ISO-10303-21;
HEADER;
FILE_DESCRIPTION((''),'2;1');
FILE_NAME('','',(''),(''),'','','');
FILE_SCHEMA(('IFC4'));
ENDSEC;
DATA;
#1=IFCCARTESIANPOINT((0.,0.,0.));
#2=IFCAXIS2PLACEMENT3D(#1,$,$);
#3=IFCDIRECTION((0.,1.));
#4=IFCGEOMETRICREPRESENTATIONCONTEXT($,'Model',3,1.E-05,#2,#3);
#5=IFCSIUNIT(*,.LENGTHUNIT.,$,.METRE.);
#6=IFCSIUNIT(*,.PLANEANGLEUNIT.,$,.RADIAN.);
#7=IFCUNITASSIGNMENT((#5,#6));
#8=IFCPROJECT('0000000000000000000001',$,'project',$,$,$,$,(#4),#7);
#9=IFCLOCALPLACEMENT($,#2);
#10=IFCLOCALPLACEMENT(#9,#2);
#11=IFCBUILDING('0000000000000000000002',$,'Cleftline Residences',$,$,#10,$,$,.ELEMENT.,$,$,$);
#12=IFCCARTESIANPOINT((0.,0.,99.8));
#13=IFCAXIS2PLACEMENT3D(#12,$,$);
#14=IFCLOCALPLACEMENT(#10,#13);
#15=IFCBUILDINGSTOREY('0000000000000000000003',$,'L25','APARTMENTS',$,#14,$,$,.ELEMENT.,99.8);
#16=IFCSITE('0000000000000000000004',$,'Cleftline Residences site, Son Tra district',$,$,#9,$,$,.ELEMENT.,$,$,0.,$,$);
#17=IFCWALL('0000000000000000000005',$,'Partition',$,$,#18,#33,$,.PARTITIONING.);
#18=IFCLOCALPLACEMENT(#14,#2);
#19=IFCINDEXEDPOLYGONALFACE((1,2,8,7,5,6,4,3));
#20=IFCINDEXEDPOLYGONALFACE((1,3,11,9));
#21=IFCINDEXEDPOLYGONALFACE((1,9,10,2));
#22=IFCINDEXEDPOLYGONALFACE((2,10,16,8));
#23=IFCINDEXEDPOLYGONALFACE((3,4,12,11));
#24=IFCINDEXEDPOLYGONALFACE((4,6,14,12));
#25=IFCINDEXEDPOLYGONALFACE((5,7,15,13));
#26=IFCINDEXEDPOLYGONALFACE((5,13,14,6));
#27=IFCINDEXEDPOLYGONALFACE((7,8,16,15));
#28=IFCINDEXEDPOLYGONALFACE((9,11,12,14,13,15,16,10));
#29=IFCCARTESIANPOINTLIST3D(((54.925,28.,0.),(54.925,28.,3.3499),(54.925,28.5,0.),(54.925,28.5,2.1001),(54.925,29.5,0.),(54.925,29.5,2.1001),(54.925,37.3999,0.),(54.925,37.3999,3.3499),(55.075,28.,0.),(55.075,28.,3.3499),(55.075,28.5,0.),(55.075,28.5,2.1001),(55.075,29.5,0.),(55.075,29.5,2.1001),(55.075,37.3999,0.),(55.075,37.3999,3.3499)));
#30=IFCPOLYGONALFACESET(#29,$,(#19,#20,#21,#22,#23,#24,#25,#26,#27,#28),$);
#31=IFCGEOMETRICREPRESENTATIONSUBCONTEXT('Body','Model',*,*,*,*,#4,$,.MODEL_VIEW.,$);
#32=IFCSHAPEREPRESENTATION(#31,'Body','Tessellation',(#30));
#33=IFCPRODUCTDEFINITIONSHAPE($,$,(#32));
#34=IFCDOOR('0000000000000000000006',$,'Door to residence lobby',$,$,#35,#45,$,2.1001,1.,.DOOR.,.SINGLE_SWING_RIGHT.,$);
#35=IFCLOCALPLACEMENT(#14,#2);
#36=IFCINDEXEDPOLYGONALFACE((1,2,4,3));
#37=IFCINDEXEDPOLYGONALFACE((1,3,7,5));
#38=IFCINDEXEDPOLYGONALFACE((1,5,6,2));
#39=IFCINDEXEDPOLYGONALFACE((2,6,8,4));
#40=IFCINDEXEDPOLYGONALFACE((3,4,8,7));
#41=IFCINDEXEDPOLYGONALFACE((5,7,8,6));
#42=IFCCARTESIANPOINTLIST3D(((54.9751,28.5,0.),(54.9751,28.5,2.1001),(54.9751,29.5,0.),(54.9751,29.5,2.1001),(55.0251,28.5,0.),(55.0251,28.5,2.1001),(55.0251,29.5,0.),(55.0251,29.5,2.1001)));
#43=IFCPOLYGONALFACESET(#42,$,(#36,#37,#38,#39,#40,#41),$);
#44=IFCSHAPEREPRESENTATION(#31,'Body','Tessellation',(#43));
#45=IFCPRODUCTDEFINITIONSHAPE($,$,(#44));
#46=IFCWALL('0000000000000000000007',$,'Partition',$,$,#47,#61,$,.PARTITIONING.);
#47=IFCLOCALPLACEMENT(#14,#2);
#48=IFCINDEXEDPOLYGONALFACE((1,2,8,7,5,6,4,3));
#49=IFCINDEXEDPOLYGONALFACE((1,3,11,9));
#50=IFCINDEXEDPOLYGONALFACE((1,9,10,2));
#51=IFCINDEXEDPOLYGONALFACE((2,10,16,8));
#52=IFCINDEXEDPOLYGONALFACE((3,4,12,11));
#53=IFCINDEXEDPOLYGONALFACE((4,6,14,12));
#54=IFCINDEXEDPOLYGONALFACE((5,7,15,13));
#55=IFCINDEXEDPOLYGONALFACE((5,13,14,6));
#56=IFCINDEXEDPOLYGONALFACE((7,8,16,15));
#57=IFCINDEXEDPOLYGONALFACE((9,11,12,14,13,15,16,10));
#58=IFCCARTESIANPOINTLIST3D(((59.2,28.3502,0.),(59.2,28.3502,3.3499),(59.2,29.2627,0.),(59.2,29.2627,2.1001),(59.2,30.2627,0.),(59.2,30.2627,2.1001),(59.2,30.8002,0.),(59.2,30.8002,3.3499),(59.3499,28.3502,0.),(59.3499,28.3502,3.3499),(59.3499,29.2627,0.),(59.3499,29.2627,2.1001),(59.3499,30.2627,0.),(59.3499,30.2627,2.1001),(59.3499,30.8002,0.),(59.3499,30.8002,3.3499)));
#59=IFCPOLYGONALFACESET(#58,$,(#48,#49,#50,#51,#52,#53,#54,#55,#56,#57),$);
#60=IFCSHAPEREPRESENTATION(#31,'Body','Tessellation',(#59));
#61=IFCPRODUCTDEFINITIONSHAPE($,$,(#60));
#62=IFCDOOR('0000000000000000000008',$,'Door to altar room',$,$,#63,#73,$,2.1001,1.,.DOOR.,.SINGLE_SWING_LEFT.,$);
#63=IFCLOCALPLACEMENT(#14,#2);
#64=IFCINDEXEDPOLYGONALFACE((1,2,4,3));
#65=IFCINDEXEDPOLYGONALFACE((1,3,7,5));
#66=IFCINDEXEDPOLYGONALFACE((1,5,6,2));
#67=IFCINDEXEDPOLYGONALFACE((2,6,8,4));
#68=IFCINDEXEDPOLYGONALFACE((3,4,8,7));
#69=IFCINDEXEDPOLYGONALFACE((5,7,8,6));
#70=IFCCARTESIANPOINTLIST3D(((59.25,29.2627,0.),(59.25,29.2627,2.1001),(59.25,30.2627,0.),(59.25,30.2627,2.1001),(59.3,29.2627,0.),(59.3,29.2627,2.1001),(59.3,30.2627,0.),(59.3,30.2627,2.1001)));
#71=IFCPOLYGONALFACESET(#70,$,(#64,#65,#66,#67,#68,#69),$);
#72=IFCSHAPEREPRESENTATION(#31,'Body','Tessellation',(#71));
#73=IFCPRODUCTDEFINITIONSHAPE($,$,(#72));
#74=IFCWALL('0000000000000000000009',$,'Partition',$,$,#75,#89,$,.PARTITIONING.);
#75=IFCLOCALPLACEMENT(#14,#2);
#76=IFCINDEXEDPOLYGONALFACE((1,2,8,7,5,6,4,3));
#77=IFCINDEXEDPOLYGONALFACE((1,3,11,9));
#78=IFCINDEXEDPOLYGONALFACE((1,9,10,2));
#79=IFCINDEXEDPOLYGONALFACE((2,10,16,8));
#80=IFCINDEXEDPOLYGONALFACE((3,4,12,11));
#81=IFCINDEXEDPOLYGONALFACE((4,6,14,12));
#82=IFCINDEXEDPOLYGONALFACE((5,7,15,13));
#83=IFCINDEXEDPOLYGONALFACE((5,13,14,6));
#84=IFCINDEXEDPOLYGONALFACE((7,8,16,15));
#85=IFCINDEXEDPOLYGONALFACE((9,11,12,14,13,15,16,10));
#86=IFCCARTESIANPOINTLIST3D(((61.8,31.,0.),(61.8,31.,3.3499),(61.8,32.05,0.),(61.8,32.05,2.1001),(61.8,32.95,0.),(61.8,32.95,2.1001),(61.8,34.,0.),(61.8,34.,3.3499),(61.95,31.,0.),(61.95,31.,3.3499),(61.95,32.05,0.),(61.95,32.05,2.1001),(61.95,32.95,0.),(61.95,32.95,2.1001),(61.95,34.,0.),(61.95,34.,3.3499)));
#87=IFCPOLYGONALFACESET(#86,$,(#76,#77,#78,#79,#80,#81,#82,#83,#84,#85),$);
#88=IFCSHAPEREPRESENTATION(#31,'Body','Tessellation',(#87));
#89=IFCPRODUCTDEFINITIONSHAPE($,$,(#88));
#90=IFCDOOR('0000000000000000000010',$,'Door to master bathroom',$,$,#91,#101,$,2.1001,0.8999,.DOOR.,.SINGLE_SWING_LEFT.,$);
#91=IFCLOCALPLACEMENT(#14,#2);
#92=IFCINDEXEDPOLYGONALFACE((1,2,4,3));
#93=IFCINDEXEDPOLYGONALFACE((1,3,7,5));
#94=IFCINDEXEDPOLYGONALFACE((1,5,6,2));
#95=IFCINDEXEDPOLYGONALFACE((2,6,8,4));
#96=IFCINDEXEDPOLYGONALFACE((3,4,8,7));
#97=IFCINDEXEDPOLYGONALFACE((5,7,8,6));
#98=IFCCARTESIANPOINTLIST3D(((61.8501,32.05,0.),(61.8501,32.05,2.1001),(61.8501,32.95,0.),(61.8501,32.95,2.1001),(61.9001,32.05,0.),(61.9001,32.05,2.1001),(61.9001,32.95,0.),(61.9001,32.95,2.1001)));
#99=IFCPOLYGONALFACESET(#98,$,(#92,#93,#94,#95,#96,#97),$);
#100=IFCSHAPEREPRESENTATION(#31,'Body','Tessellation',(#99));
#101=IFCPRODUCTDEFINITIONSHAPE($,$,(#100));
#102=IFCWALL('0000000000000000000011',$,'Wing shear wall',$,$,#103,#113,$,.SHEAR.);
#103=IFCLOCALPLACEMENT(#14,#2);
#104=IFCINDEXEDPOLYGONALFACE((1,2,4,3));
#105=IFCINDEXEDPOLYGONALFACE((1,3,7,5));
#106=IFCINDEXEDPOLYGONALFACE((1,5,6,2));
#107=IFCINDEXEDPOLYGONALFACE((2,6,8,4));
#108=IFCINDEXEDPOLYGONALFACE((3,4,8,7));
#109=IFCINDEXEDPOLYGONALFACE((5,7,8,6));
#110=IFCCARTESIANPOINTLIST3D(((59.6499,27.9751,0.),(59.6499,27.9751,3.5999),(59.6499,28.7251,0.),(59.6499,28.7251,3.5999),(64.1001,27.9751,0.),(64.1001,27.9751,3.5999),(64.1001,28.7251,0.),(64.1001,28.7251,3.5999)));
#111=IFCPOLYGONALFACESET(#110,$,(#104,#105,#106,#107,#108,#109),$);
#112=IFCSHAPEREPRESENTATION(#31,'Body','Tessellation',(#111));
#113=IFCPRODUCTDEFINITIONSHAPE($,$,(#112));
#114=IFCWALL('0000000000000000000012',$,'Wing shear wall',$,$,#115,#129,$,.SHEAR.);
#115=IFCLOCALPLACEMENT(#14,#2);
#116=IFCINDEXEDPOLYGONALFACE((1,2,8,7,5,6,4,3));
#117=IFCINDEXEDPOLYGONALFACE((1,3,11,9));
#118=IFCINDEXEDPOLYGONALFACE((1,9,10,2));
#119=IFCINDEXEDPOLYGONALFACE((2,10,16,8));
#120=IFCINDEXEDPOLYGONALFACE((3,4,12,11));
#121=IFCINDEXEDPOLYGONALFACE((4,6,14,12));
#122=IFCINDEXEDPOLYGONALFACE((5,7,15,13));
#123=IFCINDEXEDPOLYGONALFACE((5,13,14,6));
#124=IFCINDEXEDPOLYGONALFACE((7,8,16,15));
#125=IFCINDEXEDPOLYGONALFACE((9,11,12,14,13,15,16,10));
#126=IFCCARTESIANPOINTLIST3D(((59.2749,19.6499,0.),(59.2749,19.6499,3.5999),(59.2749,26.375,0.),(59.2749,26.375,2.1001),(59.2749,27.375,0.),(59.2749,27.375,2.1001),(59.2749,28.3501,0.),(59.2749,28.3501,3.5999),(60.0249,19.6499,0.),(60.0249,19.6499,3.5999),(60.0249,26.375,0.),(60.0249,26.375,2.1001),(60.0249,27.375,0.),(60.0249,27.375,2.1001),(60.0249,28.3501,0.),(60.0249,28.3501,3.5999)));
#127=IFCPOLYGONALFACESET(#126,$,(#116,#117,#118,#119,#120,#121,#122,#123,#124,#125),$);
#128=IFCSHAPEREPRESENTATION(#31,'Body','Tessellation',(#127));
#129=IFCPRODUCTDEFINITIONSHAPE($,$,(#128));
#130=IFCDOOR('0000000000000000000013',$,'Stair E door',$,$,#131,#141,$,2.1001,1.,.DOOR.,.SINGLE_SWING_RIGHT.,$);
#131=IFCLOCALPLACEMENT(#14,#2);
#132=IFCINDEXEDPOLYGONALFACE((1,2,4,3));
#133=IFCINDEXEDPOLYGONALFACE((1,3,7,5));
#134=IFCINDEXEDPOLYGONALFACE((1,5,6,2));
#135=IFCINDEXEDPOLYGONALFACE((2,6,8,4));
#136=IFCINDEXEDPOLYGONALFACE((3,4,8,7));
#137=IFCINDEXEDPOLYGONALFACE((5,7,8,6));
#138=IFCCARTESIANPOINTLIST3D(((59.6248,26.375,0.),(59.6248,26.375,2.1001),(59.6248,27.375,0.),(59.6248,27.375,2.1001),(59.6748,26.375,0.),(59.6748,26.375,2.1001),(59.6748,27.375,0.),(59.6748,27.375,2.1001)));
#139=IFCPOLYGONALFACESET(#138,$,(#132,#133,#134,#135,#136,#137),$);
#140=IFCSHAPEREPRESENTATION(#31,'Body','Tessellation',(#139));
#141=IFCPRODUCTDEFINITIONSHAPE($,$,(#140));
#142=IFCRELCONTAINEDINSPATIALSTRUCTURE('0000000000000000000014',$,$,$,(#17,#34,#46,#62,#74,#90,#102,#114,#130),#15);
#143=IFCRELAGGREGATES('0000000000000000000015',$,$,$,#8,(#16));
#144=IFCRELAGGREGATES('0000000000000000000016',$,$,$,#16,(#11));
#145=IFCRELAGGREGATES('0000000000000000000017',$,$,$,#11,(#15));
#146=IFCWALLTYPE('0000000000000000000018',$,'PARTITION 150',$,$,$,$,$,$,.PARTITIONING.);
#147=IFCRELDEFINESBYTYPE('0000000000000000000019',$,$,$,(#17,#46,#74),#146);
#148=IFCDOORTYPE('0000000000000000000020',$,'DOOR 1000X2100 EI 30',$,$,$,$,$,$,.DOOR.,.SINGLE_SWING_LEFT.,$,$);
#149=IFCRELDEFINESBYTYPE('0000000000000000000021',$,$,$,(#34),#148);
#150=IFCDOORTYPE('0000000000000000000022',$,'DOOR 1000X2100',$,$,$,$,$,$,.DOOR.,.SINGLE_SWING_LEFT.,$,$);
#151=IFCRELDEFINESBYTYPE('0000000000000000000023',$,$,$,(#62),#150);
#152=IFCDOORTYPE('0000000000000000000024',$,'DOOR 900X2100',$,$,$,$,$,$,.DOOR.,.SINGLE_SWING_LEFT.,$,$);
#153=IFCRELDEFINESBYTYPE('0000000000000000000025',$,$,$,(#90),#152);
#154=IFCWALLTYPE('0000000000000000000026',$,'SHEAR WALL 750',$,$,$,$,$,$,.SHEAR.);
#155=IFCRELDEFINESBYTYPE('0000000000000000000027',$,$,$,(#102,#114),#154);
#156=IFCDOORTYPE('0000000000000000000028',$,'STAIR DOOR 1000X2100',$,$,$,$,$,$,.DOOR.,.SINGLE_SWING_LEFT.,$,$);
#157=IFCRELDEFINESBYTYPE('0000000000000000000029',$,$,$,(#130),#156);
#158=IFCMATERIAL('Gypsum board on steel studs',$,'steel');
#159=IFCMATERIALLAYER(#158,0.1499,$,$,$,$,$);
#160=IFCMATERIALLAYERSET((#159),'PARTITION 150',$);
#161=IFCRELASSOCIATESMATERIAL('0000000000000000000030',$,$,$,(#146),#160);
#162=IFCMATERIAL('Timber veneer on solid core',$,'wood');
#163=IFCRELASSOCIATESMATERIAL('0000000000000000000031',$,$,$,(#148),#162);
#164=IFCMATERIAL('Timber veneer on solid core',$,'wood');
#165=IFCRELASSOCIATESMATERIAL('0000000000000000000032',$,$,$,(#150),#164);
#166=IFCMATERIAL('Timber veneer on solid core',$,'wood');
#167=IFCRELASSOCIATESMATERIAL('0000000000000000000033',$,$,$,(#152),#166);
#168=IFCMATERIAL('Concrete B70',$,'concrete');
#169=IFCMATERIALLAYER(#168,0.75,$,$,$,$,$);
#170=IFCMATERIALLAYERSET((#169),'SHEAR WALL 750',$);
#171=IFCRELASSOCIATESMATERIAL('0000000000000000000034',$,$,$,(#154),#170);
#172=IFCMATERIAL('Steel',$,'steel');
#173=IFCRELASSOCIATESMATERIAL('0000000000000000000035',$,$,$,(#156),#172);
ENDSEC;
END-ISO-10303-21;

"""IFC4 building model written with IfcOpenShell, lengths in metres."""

from ifc_helpers import new_model, si_unit, direction, frame, frame_2d, origin, place, context, subcontext, project, spatial, rectangle, extrude, material, layer, layer_set, type_object, element, fill, save


model = new_model("IFC4")

# Units and contexts
model_context = context("Model", 3, precision=1e-05, world=origin(), true_north=direction((0.0, 1.0)))
body_context = subcontext(model_context, "Body", "Model", "MODEL_VIEW")
ifc_project = project(units=[si_unit("LENGTHUNIT", "METRE"), si_unit("PLANEANGLEUNIT", "RADIAN")], contexts=[model_context])

# Site, building, storey
site_placement = place(None, origin())
site = spatial("IfcSite", under=ifc_project, at=site_placement, Name="Cleftline Residences site, Son Tra district", CompositionType="ELEMENT", RefElevation=0.0)
building_placement = place(site_placement, origin())
building = spatial("IfcBuilding", under=site, at=building_placement, Name="Cleftline Residences", CompositionType="ELEMENT")
storey_placement = place(building_placement, frame((0.0, 0.0, 99.8)))
storey = spatial("IfcBuildingStorey", under=building, at=storey_placement, Name="L25", Description="APARTMENTS", CompositionType="ELEMENT", Elevation=99.8)

# Shared definitions
ifc_material_1 = material(Name="Gypsum board on steel studs", Category="steel")
ifc_layer_1 = layer(ifc_material_1, 0.1499)
ifc_layer_set_1 = layer_set([ifc_layer_1], Name="PARTITION 150")
wall_type_1 = type_object("IfcWallType", Name="PARTITION 150", PredefinedType="PARTITIONING", material=ifc_layer_set_1)

# Walls, openings, doors
wall_1_placement = place(storey_placement, frame((55.0, 28.0, 0.0), z_axis=(0.0, 0.0, 1.0), x_axis=(0.0, 1.0, 0.0)))
wall_1 = element("IfcWall", 1, at=wall_1_placement, inside=storey, type_object=wall_type_1, Name="Partition", PredefinedType="PARTITIONING", context=body_context, shape_type="SweptSolid", body=[
    extrude(rectangle(XDim=9.3999, YDim=0.1499, at=frame_2d((4.7, 0.0))), origin(), (0.0, 0.0, 1.0), 3.3499),
])
opening_1_placement = place(wall_1_placement, frame((0.5, 0.0, 0.0)))
opening_1 = element("IfcOpeningElement", 2, at=opening_1_placement, cuts=wall_1, PredefinedType="OPENING", context=body_context, shape_type="SweptSolid", body=[
    extrude(rectangle(XDim=1.0, YDim=2.1001, at=frame_2d((0.5, 1.05))), frame((0.0, 0.085, 0.0), z_axis=(0.0, -1.0, 0.0), x_axis=(1.0, 0.0, 0.0)), (0.0, 0.0, 1.0), 0.1699),
])
ifc_material_2 = material(Name="Timber veneer on solid core", Category="wood")
door_type_1 = type_object("IfcDoorType", Name="DOOR 1000X2100 EI 30", OperationType="SINGLE_SWING_LEFT", PredefinedType="DOOR", material=ifc_material_2)
door_1_placement = place(opening_1_placement, origin())
door_1 = element("IfcDoor", 3, at=door_1_placement, inside=storey, type_object=door_type_1, Name="Door to residence lobby", OperationType="SINGLE_SWING_RIGHT", OverallHeight=2.1001, OverallWidth=1.0, PredefinedType="DOOR", context=body_context, shape_type="SweptSolid", body=[
    extrude(rectangle(XDim=1.0, YDim=2.1001, at=frame_2d((0.5, 1.05))), frame((0.0, 0.0249, 0.0), z_axis=(0.0, -1.0, 0.0), x_axis=(1.0, 0.0, 0.0)), (0.0, 0.0, 1.0), 0.05),
])
fill(opening_1, door_1)
wall_2_placement = place(storey_placement, frame((59.2749, 28.3501, 0.0), z_axis=(0.0, 0.0, 1.0), x_axis=(0.0, 1.0, 0.0)))
wall_2 = element("IfcWall", 4, at=wall_2_placement, inside=storey, type_object=wall_type_1, Name="Partition", PredefinedType="PARTITIONING", context=body_context, shape_type="SweptSolid", body=[
    extrude(rectangle(XDim=2.45, YDim=0.1499, at=frame_2d((1.2251, 0.0))), origin(), (0.0, 0.0, 1.0), 3.3499),
])
opening_2_placement = place(wall_2_placement, frame((0.9126, 0.0, 0.0)))
opening_2 = element("IfcOpeningElement", 5, at=opening_2_placement, cuts=wall_2, PredefinedType="OPENING", context=body_context, shape_type="SweptSolid", body=[
    extrude(rectangle(XDim=1.0, YDim=2.1001, at=frame_2d((0.5, 1.05))), frame((0.0, 0.085, 0.0), z_axis=(0.0, -1.0, 0.0), x_axis=(1.0, 0.0, 0.0)), (0.0, 0.0, 1.0), 0.1699),
])
ifc_material_3 = material(Name="Timber veneer on solid core", Category="wood")
door_type_2 = type_object("IfcDoorType", Name="DOOR 1000X2100", OperationType="SINGLE_SWING_LEFT", PredefinedType="DOOR", material=ifc_material_3)
door_2_placement = place(opening_2_placement, origin())
door_2 = element("IfcDoor", 6, at=door_2_placement, inside=storey, type_object=door_type_2, Name="Door to altar room", OperationType="SINGLE_SWING_LEFT", OverallHeight=2.1001, OverallWidth=1.0, PredefinedType="DOOR", context=body_context, shape_type="SweptSolid", body=[
    extrude(rectangle(XDim=1.0, YDim=2.1001, at=frame_2d((0.5, 1.05))), frame((0.0, 0.0249, 0.0), z_axis=(0.0, -1.0, 0.0), x_axis=(1.0, 0.0, 0.0)), (0.0, 0.0, 1.0), 0.05),
])
fill(opening_2, door_2)
wall_3_placement = place(storey_placement, frame((61.875, 31.0, 0.0), z_axis=(0.0, 0.0, 1.0), x_axis=(0.0, 1.0, 0.0)))
wall_3 = element("IfcWall", 7, at=wall_3_placement, inside=storey, type_object=wall_type_1, Name="Partition", PredefinedType="PARTITIONING", context=body_context, shape_type="SweptSolid", body=[
    extrude(rectangle(XDim=3.0, YDim=0.1499, at=frame_2d((1.5, 0.0))), origin(), (0.0, 0.0, 1.0), 3.3499),
])
opening_3_placement = place(wall_3_placement, frame((1.05, 0.0, 0.0)))
opening_3 = element("IfcOpeningElement", 8, at=opening_3_placement, cuts=wall_3, PredefinedType="OPENING", context=body_context, shape_type="SweptSolid", body=[
    extrude(rectangle(XDim=0.8999, YDim=2.1001, at=frame_2d((0.45, 1.05))), frame((0.0, 0.085, 0.0), z_axis=(0.0, -1.0, 0.0), x_axis=(1.0, 0.0, 0.0)), (0.0, 0.0, 1.0), 0.1699),
])
ifc_material_4 = material(Name="Timber veneer on solid core", Category="wood")
door_type_3 = type_object("IfcDoorType", Name="DOOR 900X2100", OperationType="SINGLE_SWING_LEFT", PredefinedType="DOOR", material=ifc_material_4)
door_3_placement = place(opening_3_placement, origin())
door_3 = element("IfcDoor", 9, at=door_3_placement, inside=storey, type_object=door_type_3, Name="Door to master bathroom", OperationType="SINGLE_SWING_LEFT", OverallHeight=2.1001, OverallWidth=0.8999, PredefinedType="DOOR", context=body_context, shape_type="SweptSolid", body=[
    extrude(rectangle(XDim=0.8999, YDim=2.1001, at=frame_2d((0.45, 1.05))), frame((0.0, 0.0249, 0.0), z_axis=(0.0, -1.0, 0.0), x_axis=(1.0, 0.0, 0.0)), (0.0, 0.0, 1.0), 0.05),
])
fill(opening_3, door_3)

# Wall
ifc_material_5 = material(Name="Concrete B70", Category="concrete")
ifc_layer_2 = layer(ifc_material_5, 0.75)
ifc_layer_set_2 = layer_set([ifc_layer_2], Name="SHEAR WALL 750")
wall_type_2 = type_object("IfcWallType", Name="SHEAR WALL 750", PredefinedType="SHEAR", material=ifc_layer_set_2)
wall_4_placement = place(storey_placement, frame((64.1001, 28.3501, 0.0), z_axis=(0.0, 0.0, 1.0), x_axis=(-1.0, 0.0, 0.0)))
element("IfcWall", 10, at=wall_4_placement, inside=storey, type_object=wall_type_2, Name="Wing shear wall", PredefinedType="SHEAR", context=body_context, shape_type="SweptSolid", body=[
    extrude(rectangle(XDim=4.4502, YDim=0.75, at=frame_2d((2.2251, 0.0))), origin(), (0.0, 0.0, 1.0), 3.5999),
])

# Wall, opening, door
wall_5_placement = place(storey_placement, frame((59.6499, 28.3501, 0.0), z_axis=(0.0, 0.0, 1.0), x_axis=(0.0, -1.0, 0.0)))
wall_5 = element("IfcWall", 11, at=wall_5_placement, inside=storey, type_object=wall_type_2, Name="Wing shear wall", PredefinedType="SHEAR", context=body_context, shape_type="SweptSolid", body=[
    extrude(rectangle(XDim=8.7002, YDim=0.75, at=frame_2d((4.3501, 0.0))), origin(), (0.0, 0.0, 1.0), 3.5999),
])
opening_4_placement = place(wall_5_placement, frame((0.9751, 0.0, 0.0)))
opening_4 = element("IfcOpeningElement", 12, at=opening_4_placement, cuts=wall_5, PredefinedType="OPENING", context=body_context, shape_type="SweptSolid", body=[
    extrude(rectangle(XDim=1.0, YDim=2.1001, at=frame_2d((0.5, 1.05))), frame((0.0, 0.385, 0.0), z_axis=(0.0, -1.0, 0.0), x_axis=(1.0, 0.0, 0.0)), (0.0, 0.0, 1.0), 0.77),
])
ifc_material_6 = material(Name="Steel", Category="steel")
door_type_4 = type_object("IfcDoorType", Name="STAIR DOOR 1000X2100", OperationType="SINGLE_SWING_LEFT", PredefinedType="DOOR", material=ifc_material_6)
door_4_placement = place(opening_4_placement, origin())
door_4 = element("IfcDoor", 13, at=door_4_placement, inside=storey, type_object=door_type_4, Name="Stair E door", OperationType="SINGLE_SWING_RIGHT", OverallHeight=2.1001, OverallWidth=1.0, PredefinedType="DOOR", context=body_context, shape_type="SweptSolid", body=[
    extrude(rectangle(XDim=1.0, YDim=2.1001, at=frame_2d((0.5, 1.05))), frame((0.0, 0.0249, 0.0), z_axis=(0.0, -1.0, 0.0), x_axis=(1.0, 0.0, 0.0)), (0.0, 0.0, 1.0), 0.05),
])
fill(opening_4, door_4)

save(model, "model.ifc")
